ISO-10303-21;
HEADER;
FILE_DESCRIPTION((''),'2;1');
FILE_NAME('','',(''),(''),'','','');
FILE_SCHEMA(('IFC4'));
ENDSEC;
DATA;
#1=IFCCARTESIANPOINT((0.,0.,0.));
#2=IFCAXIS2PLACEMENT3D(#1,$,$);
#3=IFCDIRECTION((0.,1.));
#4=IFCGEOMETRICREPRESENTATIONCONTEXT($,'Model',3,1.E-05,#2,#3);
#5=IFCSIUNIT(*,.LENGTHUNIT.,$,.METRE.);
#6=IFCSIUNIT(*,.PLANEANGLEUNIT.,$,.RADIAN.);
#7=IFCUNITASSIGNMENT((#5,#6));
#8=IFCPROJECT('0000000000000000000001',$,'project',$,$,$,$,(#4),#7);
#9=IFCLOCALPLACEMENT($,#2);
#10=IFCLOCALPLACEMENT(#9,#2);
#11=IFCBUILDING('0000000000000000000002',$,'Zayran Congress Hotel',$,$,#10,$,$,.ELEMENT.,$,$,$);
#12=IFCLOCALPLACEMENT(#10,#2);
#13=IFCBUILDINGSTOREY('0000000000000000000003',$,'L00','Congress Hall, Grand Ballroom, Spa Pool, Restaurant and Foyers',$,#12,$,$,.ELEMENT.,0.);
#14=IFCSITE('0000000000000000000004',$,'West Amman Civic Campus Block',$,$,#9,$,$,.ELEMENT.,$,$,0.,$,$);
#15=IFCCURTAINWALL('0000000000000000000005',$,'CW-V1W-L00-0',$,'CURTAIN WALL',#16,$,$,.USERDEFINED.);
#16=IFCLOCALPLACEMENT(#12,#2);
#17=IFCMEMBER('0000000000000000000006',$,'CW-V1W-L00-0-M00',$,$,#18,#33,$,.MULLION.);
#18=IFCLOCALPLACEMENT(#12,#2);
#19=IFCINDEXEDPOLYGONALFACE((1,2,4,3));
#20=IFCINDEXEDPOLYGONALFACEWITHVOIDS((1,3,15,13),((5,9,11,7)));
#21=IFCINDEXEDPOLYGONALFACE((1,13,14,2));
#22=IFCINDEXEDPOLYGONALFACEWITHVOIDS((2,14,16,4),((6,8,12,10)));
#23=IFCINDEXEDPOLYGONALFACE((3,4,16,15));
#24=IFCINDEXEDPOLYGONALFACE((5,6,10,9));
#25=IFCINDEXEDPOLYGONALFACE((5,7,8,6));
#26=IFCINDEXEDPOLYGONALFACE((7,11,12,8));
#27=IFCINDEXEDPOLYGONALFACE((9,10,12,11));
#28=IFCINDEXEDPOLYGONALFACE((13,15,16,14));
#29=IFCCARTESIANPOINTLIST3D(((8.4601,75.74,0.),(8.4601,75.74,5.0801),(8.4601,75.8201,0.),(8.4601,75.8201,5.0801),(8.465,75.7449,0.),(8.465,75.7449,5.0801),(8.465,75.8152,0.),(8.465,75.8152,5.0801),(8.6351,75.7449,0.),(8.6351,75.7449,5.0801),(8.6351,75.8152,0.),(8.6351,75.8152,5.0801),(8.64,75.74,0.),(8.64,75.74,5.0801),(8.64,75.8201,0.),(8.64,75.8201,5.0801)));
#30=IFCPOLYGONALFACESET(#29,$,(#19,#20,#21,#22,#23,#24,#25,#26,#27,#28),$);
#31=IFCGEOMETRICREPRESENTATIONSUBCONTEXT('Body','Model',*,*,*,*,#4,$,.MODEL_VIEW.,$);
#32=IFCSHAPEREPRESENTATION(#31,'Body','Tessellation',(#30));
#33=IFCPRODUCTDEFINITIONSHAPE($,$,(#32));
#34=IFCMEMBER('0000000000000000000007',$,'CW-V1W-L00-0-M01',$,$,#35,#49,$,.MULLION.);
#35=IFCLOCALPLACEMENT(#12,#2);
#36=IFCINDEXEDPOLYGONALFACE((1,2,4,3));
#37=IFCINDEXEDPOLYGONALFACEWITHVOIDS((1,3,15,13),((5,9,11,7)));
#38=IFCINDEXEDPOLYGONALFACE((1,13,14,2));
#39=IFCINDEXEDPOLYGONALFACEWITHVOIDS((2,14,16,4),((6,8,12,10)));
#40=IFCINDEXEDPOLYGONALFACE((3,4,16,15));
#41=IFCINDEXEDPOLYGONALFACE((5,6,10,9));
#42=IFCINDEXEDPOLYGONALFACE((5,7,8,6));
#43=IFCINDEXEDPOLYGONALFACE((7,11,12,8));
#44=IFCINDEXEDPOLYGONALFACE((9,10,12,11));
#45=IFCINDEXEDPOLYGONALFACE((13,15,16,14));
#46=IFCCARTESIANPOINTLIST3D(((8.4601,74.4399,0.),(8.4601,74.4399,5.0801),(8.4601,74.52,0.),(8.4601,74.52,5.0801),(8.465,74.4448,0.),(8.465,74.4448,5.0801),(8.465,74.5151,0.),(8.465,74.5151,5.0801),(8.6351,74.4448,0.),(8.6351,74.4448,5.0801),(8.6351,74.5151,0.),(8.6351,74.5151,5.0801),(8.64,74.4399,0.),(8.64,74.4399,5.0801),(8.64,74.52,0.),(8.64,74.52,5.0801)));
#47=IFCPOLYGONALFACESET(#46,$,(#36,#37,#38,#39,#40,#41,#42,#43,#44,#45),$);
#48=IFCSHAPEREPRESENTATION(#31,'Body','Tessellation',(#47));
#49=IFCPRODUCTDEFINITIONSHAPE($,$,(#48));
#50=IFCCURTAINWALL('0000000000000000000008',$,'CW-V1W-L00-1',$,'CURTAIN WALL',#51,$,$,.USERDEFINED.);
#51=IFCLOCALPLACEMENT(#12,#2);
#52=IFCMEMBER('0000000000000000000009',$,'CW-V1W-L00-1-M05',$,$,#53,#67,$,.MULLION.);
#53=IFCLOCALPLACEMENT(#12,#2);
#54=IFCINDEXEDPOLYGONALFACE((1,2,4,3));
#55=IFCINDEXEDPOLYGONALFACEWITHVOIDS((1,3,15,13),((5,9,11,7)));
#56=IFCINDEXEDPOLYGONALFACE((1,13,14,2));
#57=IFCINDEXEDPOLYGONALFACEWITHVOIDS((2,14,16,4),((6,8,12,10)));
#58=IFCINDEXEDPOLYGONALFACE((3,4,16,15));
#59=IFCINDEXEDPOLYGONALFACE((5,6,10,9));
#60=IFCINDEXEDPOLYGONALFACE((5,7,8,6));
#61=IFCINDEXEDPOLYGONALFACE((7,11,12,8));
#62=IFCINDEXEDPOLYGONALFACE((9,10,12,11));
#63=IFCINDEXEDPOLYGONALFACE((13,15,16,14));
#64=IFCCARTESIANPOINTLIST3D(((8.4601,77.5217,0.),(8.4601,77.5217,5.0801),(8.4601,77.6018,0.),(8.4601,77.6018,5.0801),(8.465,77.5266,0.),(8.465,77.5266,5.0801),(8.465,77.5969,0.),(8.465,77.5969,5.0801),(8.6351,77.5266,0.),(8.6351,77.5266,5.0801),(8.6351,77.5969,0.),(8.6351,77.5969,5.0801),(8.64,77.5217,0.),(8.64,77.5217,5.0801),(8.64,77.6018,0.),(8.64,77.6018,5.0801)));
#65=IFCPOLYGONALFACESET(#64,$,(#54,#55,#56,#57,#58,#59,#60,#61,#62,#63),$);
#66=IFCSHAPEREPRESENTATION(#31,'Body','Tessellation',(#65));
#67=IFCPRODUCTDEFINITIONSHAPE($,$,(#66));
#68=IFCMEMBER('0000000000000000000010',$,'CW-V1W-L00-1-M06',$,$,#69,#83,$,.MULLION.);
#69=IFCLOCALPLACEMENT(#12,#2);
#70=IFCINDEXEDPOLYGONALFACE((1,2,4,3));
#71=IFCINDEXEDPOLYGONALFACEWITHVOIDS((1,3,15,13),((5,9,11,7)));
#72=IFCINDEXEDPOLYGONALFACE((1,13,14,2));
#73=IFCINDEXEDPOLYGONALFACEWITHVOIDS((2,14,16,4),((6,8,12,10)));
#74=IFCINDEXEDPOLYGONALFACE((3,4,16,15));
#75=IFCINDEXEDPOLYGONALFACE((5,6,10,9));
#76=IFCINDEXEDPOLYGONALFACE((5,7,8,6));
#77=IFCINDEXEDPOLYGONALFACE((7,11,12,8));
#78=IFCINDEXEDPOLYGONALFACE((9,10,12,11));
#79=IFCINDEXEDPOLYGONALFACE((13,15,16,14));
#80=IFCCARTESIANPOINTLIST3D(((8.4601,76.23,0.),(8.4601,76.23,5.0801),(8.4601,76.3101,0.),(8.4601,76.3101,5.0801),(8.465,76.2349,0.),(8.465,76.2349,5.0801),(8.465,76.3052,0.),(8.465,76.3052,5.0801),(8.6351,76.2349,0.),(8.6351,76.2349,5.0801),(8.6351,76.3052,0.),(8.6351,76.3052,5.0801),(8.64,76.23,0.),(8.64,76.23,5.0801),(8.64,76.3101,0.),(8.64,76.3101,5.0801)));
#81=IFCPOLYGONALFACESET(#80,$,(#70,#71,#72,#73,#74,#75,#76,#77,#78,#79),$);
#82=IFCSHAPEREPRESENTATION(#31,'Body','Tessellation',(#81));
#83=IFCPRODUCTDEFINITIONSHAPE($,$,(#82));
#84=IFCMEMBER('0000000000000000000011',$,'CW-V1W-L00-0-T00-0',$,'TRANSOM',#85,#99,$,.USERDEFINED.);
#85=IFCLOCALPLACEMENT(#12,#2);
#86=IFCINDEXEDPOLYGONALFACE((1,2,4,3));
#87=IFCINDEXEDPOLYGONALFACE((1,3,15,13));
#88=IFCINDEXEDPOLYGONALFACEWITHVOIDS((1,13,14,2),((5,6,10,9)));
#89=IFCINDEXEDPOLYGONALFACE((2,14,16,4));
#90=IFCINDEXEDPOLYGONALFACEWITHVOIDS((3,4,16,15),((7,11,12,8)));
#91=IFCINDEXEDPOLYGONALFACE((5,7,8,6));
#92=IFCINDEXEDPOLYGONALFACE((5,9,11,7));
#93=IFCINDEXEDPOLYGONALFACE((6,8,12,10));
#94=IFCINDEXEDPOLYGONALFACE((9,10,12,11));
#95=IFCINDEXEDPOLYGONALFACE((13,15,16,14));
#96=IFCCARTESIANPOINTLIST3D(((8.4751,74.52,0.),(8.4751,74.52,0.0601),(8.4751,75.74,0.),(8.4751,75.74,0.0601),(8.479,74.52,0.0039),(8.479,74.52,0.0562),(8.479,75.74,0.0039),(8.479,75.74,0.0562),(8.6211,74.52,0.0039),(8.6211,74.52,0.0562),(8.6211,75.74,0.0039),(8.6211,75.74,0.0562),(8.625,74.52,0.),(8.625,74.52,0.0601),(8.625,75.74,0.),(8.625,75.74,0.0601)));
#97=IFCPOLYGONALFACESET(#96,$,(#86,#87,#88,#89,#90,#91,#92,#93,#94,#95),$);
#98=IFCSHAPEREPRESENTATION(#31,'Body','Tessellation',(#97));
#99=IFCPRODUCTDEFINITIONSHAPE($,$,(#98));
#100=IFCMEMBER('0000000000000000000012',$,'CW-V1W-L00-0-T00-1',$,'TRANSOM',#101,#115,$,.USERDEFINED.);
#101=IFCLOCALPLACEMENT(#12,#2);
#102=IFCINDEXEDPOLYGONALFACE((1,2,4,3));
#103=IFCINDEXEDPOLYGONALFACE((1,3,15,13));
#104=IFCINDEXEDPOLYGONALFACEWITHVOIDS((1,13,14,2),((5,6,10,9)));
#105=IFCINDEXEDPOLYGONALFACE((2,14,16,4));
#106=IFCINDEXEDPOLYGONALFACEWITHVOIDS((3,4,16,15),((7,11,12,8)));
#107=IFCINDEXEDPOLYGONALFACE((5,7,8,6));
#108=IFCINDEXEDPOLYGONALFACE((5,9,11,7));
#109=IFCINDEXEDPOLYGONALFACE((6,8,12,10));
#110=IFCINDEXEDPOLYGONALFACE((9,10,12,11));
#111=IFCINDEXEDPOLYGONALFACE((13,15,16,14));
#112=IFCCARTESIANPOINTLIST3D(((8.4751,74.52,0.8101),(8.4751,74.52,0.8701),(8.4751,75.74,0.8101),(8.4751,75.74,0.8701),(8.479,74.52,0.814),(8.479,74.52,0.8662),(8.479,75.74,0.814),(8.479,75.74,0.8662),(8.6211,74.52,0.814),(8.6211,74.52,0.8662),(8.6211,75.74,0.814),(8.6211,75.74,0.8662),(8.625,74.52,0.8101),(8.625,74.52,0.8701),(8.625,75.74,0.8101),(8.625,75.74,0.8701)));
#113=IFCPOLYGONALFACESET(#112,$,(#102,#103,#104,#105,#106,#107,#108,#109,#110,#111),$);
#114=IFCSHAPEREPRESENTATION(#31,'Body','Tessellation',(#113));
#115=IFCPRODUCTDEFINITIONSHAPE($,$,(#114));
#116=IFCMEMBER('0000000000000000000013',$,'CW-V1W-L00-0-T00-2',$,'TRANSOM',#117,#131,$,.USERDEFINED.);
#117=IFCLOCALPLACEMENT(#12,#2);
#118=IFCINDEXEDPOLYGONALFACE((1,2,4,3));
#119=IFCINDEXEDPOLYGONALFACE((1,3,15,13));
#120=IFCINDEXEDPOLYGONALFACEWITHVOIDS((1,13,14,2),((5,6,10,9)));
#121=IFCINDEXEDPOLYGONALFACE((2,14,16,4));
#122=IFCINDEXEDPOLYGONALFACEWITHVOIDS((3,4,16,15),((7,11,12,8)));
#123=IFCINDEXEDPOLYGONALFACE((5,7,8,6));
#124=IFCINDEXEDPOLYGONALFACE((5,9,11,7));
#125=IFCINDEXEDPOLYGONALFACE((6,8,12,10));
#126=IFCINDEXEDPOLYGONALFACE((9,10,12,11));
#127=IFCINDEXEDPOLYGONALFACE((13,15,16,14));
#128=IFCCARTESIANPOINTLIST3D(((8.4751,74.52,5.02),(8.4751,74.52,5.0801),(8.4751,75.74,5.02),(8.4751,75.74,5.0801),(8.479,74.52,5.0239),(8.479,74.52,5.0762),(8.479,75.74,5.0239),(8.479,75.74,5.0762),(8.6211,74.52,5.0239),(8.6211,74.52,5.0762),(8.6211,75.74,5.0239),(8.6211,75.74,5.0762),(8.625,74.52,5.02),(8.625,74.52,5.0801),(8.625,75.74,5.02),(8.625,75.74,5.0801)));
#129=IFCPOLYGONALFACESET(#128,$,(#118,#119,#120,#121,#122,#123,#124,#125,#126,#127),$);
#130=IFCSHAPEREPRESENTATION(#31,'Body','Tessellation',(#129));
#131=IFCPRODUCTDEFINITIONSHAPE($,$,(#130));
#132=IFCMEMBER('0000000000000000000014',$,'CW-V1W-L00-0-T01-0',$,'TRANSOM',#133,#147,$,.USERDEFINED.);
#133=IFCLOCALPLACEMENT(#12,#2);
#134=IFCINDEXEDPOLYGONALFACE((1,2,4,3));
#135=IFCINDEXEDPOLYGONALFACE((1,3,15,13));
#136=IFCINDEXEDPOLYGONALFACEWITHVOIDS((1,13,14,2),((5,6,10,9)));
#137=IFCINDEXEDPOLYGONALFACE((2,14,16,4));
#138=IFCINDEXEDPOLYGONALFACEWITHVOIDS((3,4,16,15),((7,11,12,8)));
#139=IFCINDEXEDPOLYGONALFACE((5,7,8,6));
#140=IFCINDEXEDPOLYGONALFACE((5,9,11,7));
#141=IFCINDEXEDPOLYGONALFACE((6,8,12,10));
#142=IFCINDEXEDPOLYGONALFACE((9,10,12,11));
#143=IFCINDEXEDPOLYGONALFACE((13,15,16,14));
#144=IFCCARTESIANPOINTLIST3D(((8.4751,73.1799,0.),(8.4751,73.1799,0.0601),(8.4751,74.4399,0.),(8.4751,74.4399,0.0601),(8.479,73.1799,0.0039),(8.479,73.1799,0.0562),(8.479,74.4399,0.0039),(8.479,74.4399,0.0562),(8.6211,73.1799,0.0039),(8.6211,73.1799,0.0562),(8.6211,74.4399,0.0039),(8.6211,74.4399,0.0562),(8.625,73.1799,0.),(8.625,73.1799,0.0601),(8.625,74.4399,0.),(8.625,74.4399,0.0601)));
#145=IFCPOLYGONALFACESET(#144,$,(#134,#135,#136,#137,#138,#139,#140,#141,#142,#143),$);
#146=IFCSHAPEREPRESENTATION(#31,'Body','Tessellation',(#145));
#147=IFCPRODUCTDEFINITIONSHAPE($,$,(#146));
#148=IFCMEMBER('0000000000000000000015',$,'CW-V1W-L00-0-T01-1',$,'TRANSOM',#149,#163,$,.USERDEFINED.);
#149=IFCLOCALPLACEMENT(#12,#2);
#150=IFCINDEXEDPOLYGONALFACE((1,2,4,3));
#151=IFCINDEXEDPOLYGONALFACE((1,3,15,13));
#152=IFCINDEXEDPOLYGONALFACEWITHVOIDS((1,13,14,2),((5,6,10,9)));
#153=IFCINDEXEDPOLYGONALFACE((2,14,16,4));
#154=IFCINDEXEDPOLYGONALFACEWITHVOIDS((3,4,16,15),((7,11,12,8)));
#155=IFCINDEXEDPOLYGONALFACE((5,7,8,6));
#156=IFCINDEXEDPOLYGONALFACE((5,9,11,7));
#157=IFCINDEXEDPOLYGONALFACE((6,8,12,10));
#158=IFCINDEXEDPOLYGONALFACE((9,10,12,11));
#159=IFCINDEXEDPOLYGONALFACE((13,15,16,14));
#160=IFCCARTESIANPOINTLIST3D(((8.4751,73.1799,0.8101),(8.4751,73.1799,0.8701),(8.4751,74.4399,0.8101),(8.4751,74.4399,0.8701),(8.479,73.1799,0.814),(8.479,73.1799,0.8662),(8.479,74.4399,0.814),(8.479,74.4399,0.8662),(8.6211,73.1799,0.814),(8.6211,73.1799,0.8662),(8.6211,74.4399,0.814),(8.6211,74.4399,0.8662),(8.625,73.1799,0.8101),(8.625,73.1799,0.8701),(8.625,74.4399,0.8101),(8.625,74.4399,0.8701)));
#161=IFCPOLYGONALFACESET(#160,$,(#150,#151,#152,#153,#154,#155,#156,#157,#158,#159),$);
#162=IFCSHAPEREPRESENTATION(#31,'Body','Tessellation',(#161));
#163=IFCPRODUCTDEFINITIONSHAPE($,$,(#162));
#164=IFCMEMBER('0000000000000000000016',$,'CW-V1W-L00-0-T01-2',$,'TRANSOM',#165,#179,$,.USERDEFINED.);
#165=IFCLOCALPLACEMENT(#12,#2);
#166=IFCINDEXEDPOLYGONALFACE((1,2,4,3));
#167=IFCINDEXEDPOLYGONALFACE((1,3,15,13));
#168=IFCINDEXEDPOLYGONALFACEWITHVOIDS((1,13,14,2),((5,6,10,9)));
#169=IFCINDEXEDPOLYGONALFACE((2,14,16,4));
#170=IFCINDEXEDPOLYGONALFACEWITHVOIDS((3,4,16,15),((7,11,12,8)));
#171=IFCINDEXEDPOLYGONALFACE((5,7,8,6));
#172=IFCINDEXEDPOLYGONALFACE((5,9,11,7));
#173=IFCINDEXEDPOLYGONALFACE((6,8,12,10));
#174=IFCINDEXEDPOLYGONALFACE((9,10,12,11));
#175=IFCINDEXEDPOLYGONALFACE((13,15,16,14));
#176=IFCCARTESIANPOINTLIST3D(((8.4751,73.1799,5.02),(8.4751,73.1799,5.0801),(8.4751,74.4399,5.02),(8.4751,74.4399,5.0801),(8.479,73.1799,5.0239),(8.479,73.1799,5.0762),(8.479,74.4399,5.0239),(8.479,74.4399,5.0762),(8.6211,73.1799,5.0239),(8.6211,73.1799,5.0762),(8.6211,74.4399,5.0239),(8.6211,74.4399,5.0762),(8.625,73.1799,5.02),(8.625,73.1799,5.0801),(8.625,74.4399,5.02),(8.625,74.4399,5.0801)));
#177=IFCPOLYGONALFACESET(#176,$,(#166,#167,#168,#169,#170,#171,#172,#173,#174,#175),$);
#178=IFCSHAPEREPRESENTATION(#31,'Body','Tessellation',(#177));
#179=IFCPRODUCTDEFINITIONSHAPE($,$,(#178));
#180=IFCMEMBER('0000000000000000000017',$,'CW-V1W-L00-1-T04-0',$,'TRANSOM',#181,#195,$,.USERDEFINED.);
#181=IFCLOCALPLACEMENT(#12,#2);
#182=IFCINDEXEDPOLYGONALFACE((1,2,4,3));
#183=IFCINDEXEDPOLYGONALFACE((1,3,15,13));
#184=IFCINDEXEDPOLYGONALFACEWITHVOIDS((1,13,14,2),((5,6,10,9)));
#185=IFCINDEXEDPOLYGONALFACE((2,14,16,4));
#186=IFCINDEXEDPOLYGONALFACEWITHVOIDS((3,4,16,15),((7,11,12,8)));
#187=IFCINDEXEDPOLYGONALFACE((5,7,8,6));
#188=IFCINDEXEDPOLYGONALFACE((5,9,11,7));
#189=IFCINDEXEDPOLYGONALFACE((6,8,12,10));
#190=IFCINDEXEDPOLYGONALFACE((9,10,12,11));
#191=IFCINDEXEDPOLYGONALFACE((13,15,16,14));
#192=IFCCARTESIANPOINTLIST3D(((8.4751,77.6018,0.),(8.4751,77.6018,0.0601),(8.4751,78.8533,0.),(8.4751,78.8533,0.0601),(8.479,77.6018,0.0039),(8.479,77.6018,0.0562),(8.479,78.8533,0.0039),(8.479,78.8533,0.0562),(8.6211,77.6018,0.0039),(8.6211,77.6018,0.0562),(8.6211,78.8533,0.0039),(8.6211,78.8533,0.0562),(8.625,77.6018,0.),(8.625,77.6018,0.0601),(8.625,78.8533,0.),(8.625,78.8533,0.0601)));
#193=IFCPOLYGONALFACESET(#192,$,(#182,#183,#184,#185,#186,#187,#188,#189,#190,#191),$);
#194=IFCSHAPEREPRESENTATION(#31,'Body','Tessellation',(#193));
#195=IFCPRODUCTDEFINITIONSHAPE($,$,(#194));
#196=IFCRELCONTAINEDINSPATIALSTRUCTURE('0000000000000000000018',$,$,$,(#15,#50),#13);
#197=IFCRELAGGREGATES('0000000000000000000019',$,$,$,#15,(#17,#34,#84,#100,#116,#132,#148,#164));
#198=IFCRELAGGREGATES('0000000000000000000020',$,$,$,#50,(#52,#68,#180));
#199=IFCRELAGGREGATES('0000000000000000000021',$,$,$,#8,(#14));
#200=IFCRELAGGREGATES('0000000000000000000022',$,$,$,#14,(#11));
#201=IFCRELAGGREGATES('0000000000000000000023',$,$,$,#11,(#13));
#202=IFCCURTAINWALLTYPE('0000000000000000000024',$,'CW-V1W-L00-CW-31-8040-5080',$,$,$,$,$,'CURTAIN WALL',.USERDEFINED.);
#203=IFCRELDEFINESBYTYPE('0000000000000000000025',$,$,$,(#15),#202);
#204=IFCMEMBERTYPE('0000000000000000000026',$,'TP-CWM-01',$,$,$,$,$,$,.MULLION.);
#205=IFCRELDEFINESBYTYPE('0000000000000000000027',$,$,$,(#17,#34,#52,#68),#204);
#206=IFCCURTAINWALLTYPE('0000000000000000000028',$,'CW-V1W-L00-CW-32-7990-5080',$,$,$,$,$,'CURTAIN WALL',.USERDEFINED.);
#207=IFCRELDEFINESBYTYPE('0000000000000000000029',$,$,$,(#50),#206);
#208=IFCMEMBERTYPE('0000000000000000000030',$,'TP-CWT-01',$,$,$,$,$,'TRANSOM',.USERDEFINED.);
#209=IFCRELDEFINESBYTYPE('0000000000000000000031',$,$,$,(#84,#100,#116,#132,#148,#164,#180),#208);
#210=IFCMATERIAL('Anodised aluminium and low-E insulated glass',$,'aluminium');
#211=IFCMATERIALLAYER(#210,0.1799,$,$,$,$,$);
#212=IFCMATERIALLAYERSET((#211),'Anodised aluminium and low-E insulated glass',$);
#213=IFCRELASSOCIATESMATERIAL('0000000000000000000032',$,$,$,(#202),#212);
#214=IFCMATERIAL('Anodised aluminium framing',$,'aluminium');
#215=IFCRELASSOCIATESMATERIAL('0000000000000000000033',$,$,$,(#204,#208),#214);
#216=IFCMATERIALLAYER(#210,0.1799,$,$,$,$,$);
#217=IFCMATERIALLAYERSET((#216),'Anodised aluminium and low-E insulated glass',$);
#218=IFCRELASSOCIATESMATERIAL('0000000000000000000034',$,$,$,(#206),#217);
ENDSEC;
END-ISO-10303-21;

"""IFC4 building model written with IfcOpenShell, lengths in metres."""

from ifc_helpers import new_model, si_unit, direction, frame, origin, origin_2d, place, context, subcontext, project, spatial, hollow_rectangle, extrude, material, layer, layer_set, material_profile, profile_set, type_object, element, aggregate, save


model = new_model("IFC4")

# Units and contexts
model_context = context("Model", 3, precision=1e-05, world=origin(), true_north=direction((0.0, 1.0)))
body_context = subcontext(model_context, "Body", "Model", "MODEL_VIEW")
ifc_project = project(units=[si_unit("LENGTHUNIT", "METRE"), si_unit("PLANEANGLEUNIT", "RADIAN")], contexts=[model_context])

# Site, building, storey
site_placement = place(None, origin())
site = spatial("IfcSite", under=ifc_project, at=site_placement, Name="West Amman Civic Campus Block", CompositionType="ELEMENT", RefElevation=0.0)
building_placement = place(site_placement, origin())
building = spatial("IfcBuilding", under=site, at=building_placement, Name="Zayran Congress Hotel", CompositionType="ELEMENT")
storey_placement = place(building_placement, origin())
storey = spatial("IfcBuildingStorey", under=building, at=storey_placement, Name="L00", Description="Congress Hall, Grand Ballroom, Spa Pool, Restaurant and Foyers", CompositionType="ELEMENT", Elevation=0.0)

# Curtain walls, members
ifc_material_1 = material(Name="Anodised aluminium and low-E insulated glass", Category="aluminium")
ifc_layer_1 = layer(ifc_material_1, 0.1799)
ifc_layer_set_1 = layer_set([ifc_layer_1], Name="Anodised aluminium and low-E insulated glass")
curtain_wall_type_1 = type_object("IfcCurtainWallType", Name="CW-V1W-L00-CW-31-8040-5080", ElementType="CURTAIN WALL", PredefinedType="USERDEFINED", material=ifc_layer_set_1)
curtain_wall_1_placement = place(storey_placement, origin())
curtain_wall_1 = element("IfcCurtainWall", 1, at=curtain_wall_1_placement, inside=storey, type_object=curtain_wall_type_1, Name="CW-V1W-L00-0", ObjectType="CURTAIN WALL", PredefinedType="USERDEFINED")
ifc_material_2 = material(Name="Anodised aluminium framing", Category="aluminium")
ifc_material_profile_1 = material_profile(ifc_material_2, hollow_rectangle(XDim=0.0801, YDim=0.1799, WallThickness=0.0049, at=origin_2d()), Name="RHS 180x80x5")
ifc_profile_set_1 = profile_set([ifc_material_profile_1], Name="Anodised aluminium framing")
member_type_1 = type_object("IfcMemberType", Name="TP-CWM-01", PredefinedType="MULLION", material=ifc_profile_set_1)
member_1_placement = place(storey_placement, frame((8.55, 75.78, 0.0), z_axis=(0.0, 0.0, 1.0), x_axis=(0.0, 1.0, 0.0)))
member_1 = element("IfcMember", 2, at=member_1_placement, type_object=member_type_1, Name="CW-V1W-L00-0-M00", PredefinedType="MULLION", context=body_context, shape_type="SweptSolid", body=[
    extrude(hollow_rectangle(XDim=0.0801, YDim=0.1799, WallThickness=0.0049, at=origin_2d()), origin(), (0.0, 0.0, 1.0), 5.0801),
])
member_2_placement = place(storey_placement, frame((8.55, 74.48, 0.0), z_axis=(0.0, 0.0, 1.0), x_axis=(0.0, 1.0, 0.0)))
member_2 = element("IfcMember", 3, at=member_2_placement, type_object=member_type_1, Name="CW-V1W-L00-0-M01", PredefinedType="MULLION", context=body_context, shape_type="SweptSolid", body=[
    extrude(hollow_rectangle(XDim=0.0801, YDim=0.1799, WallThickness=0.0049, at=origin_2d()), origin(), (0.0, 0.0, 1.0), 5.0801),
])
ifc_layer_2 = layer(ifc_material_1, 0.1799)
ifc_layer_set_2 = layer_set([ifc_layer_2], Name="Anodised aluminium and low-E insulated glass")
curtain_wall_type_2 = type_object("IfcCurtainWallType", Name="CW-V1W-L00-CW-32-7990-5080", ElementType="CURTAIN WALL", PredefinedType="USERDEFINED", material=ifc_layer_set_2)
curtain_wall_2_placement = place(storey_placement, origin())
curtain_wall_2 = element("IfcCurtainWall", 4, at=curtain_wall_2_placement, inside=storey, type_object=curtain_wall_type_2, Name="CW-V1W-L00-1", ObjectType="CURTAIN WALL", PredefinedType="USERDEFINED")
member_3_placement = place(storey_placement, frame((8.55, 77.5618, 0.0), z_axis=(0.0, 0.0, 1.0), x_axis=(0.0, 1.0, 0.0)))
member_3 = element("IfcMember", 5, at=member_3_placement, type_object=member_type_1, Name="CW-V1W-L00-1-M05", PredefinedType="MULLION", context=body_context, shape_type="SweptSolid", body=[
    extrude(hollow_rectangle(XDim=0.0801, YDim=0.1799, WallThickness=0.0049, at=origin_2d()), origin(), (0.0, 0.0, 1.0), 5.0801),
])
member_4_placement = place(storey_placement, frame((8.55, 76.27, 0.0), z_axis=(0.0, 0.0, 1.0), x_axis=(0.0, 1.0, 0.0)))
member_4 = element("IfcMember", 6, at=member_4_placement, type_object=member_type_1, Name="CW-V1W-L00-1-M06", PredefinedType="MULLION", context=body_context, shape_type="SweptSolid", body=[
    extrude(hollow_rectangle(XDim=0.0801, YDim=0.1799, WallThickness=0.0049, at=origin_2d()), origin(), (0.0, 0.0, 1.0), 5.0801),
])

# Members
ifc_material_profile_2 = material_profile(ifc_material_2, hollow_rectangle(XDim=0.0601, YDim=0.1499, WallThickness=0.0039, at=origin_2d()), Name="RHS 150x60x4")
ifc_profile_set_2 = profile_set([ifc_material_profile_2], Name="Anodised aluminium framing")
member_type_2 = type_object("IfcMemberType", Name="TP-CWT-01", ElementType="TRANSOM", PredefinedType="USERDEFINED", material=ifc_profile_set_2)
member_5_placement = place(storey_placement, frame((8.55, 75.74, 0.03), z_axis=(0.0, -1.0, 0.0), x_axis=(0.0, 0.0, 1.0)))
member_5 = element("IfcMember", 7, at=member_5_placement, type_object=member_type_2, Name="CW-V1W-L00-0-T00-0", ObjectType="TRANSOM", PredefinedType="USERDEFINED", context=body_context, shape_type="SweptSolid", body=[
    extrude(hollow_rectangle(XDim=0.0601, YDim=0.1499, WallThickness=0.0039, at=origin_2d()), origin(), (0.0, 0.0, 1.0), 1.22),
])
member_6_placement = place(storey_placement, frame((8.55, 75.74, 0.8401), z_axis=(0.0, -1.0, 0.0), x_axis=(0.0, 0.0, 1.0)))
member_6 = element("IfcMember", 8, at=member_6_placement, type_object=member_type_2, Name="CW-V1W-L00-0-T00-1", ObjectType="TRANSOM", PredefinedType="USERDEFINED", context=body_context, shape_type="SweptSolid", body=[
    extrude(hollow_rectangle(XDim=0.0601, YDim=0.1499, WallThickness=0.0039, at=origin_2d()), origin(), (0.0, 0.0, 1.0), 1.22),
])
member_7_placement = place(storey_placement, frame((8.55, 75.74, 5.05), z_axis=(0.0, -1.0, 0.0), x_axis=(0.0, 0.0, 1.0)))
member_7 = element("IfcMember", 9, at=member_7_placement, type_object=member_type_2, Name="CW-V1W-L00-0-T00-2", ObjectType="TRANSOM", PredefinedType="USERDEFINED", context=body_context, shape_type="SweptSolid", body=[
    extrude(hollow_rectangle(XDim=0.0601, YDim=0.1499, WallThickness=0.0039, at=origin_2d()), origin(), (0.0, 0.0, 1.0), 1.22),
])
member_8_placement = place(storey_placement, frame((8.55, 74.4399, 0.03), z_axis=(0.0, -1.0, 0.0), x_axis=(0.0, 0.0, 1.0)))
member_8 = element("IfcMember", 10, at=member_8_placement, type_object=member_type_2, Name="CW-V1W-L00-0-T01-0", ObjectType="TRANSOM", PredefinedType="USERDEFINED", context=body_context, shape_type="SweptSolid", body=[
    extrude(hollow_rectangle(XDim=0.0601, YDim=0.1499, WallThickness=0.0039, at=origin_2d()), origin(), (0.0, 0.0, 1.0), 1.26),
])
member_9_placement = place(storey_placement, frame((8.55, 74.4399, 0.8401), z_axis=(0.0, -1.0, 0.0), x_axis=(0.0, 0.0, 1.0)))
member_9 = element("IfcMember", 11, at=member_9_placement, type_object=member_type_2, Name="CW-V1W-L00-0-T01-1", ObjectType="TRANSOM", PredefinedType="USERDEFINED", context=body_context, shape_type="SweptSolid", body=[
    extrude(hollow_rectangle(XDim=0.0601, YDim=0.1499, WallThickness=0.0039, at=origin_2d()), origin(), (0.0, 0.0, 1.0), 1.26),
])
member_10_placement = place(storey_placement, frame((8.55, 74.4399, 5.05), z_axis=(0.0, -1.0, 0.0), x_axis=(0.0, 0.0, 1.0)))
member_10 = element("IfcMember", 12, at=member_10_placement, type_object=member_type_2, Name="CW-V1W-L00-0-T01-2", ObjectType="TRANSOM", PredefinedType="USERDEFINED", context=body_context, shape_type="SweptSolid", body=[
    extrude(hollow_rectangle(XDim=0.0601, YDim=0.1499, WallThickness=0.0039, at=origin_2d()), origin(), (0.0, 0.0, 1.0), 1.26),
])
member_11_placement = place(storey_placement, frame((8.55, 78.8533, 0.03), z_axis=(0.0, -1.0, 0.0), x_axis=(0.0, 0.0, 1.0)))
member_11 = element("IfcMember", 13, at=member_11_placement, type_object=member_type_2, Name="CW-V1W-L00-1-T04-0", ObjectType="TRANSOM", PredefinedType="USERDEFINED", context=body_context, shape_type="SweptSolid", body=[
    extrude(hollow_rectangle(XDim=0.0601, YDim=0.1499, WallThickness=0.0039, at=origin_2d()), origin(), (0.0, 0.0, 1.0), 1.2515),
])

aggregate(curtain_wall_1, [member_1, member_2, member_5, member_6, member_7, member_8, member_9, member_10])
aggregate(curtain_wall_2, [member_3, member_4, member_11])

save(model, "model.ifc")
